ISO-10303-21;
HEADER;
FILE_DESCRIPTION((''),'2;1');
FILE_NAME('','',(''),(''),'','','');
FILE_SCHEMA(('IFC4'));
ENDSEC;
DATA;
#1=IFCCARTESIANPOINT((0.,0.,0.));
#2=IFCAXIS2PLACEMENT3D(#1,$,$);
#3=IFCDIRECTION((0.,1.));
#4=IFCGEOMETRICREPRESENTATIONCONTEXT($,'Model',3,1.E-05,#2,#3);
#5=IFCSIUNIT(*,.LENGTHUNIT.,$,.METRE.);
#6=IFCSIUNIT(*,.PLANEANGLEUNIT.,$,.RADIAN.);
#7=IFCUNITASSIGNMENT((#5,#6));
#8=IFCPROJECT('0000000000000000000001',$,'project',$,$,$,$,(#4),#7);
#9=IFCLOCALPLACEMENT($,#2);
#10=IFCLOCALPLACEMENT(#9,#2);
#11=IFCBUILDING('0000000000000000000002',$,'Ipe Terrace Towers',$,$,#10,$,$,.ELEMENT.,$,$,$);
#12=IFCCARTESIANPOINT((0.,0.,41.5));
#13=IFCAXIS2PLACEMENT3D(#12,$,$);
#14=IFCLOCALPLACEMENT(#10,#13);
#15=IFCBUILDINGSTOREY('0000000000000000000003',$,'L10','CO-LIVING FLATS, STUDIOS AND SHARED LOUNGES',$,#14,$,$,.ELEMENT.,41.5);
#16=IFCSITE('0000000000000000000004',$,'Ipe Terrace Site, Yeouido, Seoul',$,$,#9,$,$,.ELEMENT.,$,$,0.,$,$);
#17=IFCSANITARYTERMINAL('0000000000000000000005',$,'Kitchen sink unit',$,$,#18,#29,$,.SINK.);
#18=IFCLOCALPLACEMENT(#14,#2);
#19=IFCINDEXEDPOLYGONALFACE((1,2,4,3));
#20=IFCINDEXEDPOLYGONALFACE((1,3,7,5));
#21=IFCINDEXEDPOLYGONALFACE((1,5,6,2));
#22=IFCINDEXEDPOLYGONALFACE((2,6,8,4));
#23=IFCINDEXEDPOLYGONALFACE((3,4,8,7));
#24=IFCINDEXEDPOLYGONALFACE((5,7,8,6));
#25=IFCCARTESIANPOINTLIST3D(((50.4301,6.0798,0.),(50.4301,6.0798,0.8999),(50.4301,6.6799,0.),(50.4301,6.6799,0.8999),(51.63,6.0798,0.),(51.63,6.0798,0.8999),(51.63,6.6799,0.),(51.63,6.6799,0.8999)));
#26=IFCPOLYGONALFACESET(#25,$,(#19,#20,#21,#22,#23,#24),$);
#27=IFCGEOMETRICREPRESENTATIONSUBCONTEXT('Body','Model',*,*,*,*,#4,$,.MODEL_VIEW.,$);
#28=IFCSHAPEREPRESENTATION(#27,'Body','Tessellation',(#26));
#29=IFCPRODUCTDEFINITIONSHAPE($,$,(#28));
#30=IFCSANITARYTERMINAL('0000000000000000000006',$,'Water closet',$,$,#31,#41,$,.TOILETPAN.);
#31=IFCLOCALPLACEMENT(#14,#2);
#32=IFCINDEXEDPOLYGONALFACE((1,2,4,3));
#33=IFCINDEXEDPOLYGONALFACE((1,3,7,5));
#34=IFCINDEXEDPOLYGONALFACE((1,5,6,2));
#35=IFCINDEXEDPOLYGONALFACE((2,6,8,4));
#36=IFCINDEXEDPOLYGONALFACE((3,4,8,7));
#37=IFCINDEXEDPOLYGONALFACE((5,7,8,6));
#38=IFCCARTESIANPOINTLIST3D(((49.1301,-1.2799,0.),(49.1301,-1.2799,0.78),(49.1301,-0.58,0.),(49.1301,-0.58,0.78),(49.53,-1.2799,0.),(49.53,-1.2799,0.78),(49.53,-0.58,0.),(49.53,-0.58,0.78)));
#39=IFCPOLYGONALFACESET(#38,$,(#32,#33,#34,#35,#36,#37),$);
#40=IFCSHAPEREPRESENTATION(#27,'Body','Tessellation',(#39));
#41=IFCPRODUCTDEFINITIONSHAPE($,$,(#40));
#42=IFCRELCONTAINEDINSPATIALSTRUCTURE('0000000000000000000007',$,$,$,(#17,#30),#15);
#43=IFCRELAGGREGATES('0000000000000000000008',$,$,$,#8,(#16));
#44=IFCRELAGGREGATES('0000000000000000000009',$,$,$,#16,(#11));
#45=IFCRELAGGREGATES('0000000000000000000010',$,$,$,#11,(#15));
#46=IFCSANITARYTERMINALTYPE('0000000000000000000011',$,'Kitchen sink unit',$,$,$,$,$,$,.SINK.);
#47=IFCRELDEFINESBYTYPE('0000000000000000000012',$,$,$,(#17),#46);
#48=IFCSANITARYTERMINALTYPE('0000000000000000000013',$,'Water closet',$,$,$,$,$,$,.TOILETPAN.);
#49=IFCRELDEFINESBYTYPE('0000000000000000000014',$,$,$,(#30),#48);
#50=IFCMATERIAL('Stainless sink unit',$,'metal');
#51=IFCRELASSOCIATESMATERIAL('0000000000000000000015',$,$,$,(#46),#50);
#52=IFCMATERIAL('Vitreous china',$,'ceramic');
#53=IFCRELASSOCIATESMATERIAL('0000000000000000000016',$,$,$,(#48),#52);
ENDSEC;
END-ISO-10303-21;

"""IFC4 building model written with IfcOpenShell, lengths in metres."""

from ifc_helpers import new_model, si_unit, direction, frame, origin, origin_2d, place, context, subcontext, project, spatial, rectangle, extrude, material, type_object, element, save


model = new_model("IFC4")

# Units and contexts
model_context = context("Model", 3, precision=1e-05, world=origin(), true_north=direction((0.0, 1.0)))
body_context = subcontext(model_context, "Body", "Model", "MODEL_VIEW")
ifc_project = project(units=[si_unit("LENGTHUNIT", "METRE"), si_unit("PLANEANGLEUNIT", "RADIAN")], contexts=[model_context])

# Site, building, storey
site_placement = place(None, origin())
site = spatial("IfcSite", under=ifc_project, at=site_placement, Name="Ipe Terrace Site, Yeouido, Seoul", CompositionType="ELEMENT", RefElevation=0.0)
building_placement = place(site_placement, origin())
building = spatial("IfcBuilding", under=site, at=building_placement, Name="Ipe Terrace Towers", CompositionType="ELEMENT")
storey_placement = place(building_placement, frame((0.0, 0.0, 41.5)))
storey = spatial("IfcBuildingStorey", under=building, at=storey_placement, Name="L10", Description="CO-LIVING FLATS, STUDIOS AND SHARED LOUNGES", CompositionType="ELEMENT", Elevation=41.5)

# Sanitary terminals
ifc_material_1 = material(Name="Stainless sink unit", Category="metal")
sanitary_terminal_type_1 = type_object("IfcSanitaryTerminalType", Name="Kitchen sink unit", PredefinedType="SINK", material=ifc_material_1)
sanitary_terminal_1_placement = place(storey_placement, frame((51.03, 6.3799, 0.0), z_axis=(0.0, 0.0, 1.0), x_axis=(1.0, 0.0, 0.0)))
element("IfcSanitaryTerminal", 1, at=sanitary_terminal_1_placement, inside=storey, type_object=sanitary_terminal_type_1, Name="Kitchen sink unit", PredefinedType="SINK", context=body_context, shape_type="SweptSolid", body=[
    extrude(rectangle(XDim=1.2, YDim=0.6001, at=origin_2d()), origin(), (0.0, 0.0, 1.0), 0.8999),
])
ifc_material_2 = material(Name="Vitreous china", Category="ceramic")
sanitary_terminal_type_2 = type_object("IfcSanitaryTerminalType", Name="Water closet", PredefinedType="TOILETPAN", material=ifc_material_2)
sanitary_terminal_2_placement = place(storey_placement, frame((49.3301, -0.9299, 0.0), z_axis=(0.0, 0.0, 1.0), x_axis=(0.0, 1.0, 0.0)))
element("IfcSanitaryTerminal", 2, at=sanitary_terminal_2_placement, inside=storey, type_object=sanitary_terminal_type_2, Name="Water closet", PredefinedType="TOILETPAN", context=body_context, shape_type="SweptSolid", body=[
    extrude(rectangle(XDim=0.7, YDim=0.3999, at=origin_2d()), origin(), (0.0, 0.0, 1.0), 0.78),
])

save(model, "model.ifc")
